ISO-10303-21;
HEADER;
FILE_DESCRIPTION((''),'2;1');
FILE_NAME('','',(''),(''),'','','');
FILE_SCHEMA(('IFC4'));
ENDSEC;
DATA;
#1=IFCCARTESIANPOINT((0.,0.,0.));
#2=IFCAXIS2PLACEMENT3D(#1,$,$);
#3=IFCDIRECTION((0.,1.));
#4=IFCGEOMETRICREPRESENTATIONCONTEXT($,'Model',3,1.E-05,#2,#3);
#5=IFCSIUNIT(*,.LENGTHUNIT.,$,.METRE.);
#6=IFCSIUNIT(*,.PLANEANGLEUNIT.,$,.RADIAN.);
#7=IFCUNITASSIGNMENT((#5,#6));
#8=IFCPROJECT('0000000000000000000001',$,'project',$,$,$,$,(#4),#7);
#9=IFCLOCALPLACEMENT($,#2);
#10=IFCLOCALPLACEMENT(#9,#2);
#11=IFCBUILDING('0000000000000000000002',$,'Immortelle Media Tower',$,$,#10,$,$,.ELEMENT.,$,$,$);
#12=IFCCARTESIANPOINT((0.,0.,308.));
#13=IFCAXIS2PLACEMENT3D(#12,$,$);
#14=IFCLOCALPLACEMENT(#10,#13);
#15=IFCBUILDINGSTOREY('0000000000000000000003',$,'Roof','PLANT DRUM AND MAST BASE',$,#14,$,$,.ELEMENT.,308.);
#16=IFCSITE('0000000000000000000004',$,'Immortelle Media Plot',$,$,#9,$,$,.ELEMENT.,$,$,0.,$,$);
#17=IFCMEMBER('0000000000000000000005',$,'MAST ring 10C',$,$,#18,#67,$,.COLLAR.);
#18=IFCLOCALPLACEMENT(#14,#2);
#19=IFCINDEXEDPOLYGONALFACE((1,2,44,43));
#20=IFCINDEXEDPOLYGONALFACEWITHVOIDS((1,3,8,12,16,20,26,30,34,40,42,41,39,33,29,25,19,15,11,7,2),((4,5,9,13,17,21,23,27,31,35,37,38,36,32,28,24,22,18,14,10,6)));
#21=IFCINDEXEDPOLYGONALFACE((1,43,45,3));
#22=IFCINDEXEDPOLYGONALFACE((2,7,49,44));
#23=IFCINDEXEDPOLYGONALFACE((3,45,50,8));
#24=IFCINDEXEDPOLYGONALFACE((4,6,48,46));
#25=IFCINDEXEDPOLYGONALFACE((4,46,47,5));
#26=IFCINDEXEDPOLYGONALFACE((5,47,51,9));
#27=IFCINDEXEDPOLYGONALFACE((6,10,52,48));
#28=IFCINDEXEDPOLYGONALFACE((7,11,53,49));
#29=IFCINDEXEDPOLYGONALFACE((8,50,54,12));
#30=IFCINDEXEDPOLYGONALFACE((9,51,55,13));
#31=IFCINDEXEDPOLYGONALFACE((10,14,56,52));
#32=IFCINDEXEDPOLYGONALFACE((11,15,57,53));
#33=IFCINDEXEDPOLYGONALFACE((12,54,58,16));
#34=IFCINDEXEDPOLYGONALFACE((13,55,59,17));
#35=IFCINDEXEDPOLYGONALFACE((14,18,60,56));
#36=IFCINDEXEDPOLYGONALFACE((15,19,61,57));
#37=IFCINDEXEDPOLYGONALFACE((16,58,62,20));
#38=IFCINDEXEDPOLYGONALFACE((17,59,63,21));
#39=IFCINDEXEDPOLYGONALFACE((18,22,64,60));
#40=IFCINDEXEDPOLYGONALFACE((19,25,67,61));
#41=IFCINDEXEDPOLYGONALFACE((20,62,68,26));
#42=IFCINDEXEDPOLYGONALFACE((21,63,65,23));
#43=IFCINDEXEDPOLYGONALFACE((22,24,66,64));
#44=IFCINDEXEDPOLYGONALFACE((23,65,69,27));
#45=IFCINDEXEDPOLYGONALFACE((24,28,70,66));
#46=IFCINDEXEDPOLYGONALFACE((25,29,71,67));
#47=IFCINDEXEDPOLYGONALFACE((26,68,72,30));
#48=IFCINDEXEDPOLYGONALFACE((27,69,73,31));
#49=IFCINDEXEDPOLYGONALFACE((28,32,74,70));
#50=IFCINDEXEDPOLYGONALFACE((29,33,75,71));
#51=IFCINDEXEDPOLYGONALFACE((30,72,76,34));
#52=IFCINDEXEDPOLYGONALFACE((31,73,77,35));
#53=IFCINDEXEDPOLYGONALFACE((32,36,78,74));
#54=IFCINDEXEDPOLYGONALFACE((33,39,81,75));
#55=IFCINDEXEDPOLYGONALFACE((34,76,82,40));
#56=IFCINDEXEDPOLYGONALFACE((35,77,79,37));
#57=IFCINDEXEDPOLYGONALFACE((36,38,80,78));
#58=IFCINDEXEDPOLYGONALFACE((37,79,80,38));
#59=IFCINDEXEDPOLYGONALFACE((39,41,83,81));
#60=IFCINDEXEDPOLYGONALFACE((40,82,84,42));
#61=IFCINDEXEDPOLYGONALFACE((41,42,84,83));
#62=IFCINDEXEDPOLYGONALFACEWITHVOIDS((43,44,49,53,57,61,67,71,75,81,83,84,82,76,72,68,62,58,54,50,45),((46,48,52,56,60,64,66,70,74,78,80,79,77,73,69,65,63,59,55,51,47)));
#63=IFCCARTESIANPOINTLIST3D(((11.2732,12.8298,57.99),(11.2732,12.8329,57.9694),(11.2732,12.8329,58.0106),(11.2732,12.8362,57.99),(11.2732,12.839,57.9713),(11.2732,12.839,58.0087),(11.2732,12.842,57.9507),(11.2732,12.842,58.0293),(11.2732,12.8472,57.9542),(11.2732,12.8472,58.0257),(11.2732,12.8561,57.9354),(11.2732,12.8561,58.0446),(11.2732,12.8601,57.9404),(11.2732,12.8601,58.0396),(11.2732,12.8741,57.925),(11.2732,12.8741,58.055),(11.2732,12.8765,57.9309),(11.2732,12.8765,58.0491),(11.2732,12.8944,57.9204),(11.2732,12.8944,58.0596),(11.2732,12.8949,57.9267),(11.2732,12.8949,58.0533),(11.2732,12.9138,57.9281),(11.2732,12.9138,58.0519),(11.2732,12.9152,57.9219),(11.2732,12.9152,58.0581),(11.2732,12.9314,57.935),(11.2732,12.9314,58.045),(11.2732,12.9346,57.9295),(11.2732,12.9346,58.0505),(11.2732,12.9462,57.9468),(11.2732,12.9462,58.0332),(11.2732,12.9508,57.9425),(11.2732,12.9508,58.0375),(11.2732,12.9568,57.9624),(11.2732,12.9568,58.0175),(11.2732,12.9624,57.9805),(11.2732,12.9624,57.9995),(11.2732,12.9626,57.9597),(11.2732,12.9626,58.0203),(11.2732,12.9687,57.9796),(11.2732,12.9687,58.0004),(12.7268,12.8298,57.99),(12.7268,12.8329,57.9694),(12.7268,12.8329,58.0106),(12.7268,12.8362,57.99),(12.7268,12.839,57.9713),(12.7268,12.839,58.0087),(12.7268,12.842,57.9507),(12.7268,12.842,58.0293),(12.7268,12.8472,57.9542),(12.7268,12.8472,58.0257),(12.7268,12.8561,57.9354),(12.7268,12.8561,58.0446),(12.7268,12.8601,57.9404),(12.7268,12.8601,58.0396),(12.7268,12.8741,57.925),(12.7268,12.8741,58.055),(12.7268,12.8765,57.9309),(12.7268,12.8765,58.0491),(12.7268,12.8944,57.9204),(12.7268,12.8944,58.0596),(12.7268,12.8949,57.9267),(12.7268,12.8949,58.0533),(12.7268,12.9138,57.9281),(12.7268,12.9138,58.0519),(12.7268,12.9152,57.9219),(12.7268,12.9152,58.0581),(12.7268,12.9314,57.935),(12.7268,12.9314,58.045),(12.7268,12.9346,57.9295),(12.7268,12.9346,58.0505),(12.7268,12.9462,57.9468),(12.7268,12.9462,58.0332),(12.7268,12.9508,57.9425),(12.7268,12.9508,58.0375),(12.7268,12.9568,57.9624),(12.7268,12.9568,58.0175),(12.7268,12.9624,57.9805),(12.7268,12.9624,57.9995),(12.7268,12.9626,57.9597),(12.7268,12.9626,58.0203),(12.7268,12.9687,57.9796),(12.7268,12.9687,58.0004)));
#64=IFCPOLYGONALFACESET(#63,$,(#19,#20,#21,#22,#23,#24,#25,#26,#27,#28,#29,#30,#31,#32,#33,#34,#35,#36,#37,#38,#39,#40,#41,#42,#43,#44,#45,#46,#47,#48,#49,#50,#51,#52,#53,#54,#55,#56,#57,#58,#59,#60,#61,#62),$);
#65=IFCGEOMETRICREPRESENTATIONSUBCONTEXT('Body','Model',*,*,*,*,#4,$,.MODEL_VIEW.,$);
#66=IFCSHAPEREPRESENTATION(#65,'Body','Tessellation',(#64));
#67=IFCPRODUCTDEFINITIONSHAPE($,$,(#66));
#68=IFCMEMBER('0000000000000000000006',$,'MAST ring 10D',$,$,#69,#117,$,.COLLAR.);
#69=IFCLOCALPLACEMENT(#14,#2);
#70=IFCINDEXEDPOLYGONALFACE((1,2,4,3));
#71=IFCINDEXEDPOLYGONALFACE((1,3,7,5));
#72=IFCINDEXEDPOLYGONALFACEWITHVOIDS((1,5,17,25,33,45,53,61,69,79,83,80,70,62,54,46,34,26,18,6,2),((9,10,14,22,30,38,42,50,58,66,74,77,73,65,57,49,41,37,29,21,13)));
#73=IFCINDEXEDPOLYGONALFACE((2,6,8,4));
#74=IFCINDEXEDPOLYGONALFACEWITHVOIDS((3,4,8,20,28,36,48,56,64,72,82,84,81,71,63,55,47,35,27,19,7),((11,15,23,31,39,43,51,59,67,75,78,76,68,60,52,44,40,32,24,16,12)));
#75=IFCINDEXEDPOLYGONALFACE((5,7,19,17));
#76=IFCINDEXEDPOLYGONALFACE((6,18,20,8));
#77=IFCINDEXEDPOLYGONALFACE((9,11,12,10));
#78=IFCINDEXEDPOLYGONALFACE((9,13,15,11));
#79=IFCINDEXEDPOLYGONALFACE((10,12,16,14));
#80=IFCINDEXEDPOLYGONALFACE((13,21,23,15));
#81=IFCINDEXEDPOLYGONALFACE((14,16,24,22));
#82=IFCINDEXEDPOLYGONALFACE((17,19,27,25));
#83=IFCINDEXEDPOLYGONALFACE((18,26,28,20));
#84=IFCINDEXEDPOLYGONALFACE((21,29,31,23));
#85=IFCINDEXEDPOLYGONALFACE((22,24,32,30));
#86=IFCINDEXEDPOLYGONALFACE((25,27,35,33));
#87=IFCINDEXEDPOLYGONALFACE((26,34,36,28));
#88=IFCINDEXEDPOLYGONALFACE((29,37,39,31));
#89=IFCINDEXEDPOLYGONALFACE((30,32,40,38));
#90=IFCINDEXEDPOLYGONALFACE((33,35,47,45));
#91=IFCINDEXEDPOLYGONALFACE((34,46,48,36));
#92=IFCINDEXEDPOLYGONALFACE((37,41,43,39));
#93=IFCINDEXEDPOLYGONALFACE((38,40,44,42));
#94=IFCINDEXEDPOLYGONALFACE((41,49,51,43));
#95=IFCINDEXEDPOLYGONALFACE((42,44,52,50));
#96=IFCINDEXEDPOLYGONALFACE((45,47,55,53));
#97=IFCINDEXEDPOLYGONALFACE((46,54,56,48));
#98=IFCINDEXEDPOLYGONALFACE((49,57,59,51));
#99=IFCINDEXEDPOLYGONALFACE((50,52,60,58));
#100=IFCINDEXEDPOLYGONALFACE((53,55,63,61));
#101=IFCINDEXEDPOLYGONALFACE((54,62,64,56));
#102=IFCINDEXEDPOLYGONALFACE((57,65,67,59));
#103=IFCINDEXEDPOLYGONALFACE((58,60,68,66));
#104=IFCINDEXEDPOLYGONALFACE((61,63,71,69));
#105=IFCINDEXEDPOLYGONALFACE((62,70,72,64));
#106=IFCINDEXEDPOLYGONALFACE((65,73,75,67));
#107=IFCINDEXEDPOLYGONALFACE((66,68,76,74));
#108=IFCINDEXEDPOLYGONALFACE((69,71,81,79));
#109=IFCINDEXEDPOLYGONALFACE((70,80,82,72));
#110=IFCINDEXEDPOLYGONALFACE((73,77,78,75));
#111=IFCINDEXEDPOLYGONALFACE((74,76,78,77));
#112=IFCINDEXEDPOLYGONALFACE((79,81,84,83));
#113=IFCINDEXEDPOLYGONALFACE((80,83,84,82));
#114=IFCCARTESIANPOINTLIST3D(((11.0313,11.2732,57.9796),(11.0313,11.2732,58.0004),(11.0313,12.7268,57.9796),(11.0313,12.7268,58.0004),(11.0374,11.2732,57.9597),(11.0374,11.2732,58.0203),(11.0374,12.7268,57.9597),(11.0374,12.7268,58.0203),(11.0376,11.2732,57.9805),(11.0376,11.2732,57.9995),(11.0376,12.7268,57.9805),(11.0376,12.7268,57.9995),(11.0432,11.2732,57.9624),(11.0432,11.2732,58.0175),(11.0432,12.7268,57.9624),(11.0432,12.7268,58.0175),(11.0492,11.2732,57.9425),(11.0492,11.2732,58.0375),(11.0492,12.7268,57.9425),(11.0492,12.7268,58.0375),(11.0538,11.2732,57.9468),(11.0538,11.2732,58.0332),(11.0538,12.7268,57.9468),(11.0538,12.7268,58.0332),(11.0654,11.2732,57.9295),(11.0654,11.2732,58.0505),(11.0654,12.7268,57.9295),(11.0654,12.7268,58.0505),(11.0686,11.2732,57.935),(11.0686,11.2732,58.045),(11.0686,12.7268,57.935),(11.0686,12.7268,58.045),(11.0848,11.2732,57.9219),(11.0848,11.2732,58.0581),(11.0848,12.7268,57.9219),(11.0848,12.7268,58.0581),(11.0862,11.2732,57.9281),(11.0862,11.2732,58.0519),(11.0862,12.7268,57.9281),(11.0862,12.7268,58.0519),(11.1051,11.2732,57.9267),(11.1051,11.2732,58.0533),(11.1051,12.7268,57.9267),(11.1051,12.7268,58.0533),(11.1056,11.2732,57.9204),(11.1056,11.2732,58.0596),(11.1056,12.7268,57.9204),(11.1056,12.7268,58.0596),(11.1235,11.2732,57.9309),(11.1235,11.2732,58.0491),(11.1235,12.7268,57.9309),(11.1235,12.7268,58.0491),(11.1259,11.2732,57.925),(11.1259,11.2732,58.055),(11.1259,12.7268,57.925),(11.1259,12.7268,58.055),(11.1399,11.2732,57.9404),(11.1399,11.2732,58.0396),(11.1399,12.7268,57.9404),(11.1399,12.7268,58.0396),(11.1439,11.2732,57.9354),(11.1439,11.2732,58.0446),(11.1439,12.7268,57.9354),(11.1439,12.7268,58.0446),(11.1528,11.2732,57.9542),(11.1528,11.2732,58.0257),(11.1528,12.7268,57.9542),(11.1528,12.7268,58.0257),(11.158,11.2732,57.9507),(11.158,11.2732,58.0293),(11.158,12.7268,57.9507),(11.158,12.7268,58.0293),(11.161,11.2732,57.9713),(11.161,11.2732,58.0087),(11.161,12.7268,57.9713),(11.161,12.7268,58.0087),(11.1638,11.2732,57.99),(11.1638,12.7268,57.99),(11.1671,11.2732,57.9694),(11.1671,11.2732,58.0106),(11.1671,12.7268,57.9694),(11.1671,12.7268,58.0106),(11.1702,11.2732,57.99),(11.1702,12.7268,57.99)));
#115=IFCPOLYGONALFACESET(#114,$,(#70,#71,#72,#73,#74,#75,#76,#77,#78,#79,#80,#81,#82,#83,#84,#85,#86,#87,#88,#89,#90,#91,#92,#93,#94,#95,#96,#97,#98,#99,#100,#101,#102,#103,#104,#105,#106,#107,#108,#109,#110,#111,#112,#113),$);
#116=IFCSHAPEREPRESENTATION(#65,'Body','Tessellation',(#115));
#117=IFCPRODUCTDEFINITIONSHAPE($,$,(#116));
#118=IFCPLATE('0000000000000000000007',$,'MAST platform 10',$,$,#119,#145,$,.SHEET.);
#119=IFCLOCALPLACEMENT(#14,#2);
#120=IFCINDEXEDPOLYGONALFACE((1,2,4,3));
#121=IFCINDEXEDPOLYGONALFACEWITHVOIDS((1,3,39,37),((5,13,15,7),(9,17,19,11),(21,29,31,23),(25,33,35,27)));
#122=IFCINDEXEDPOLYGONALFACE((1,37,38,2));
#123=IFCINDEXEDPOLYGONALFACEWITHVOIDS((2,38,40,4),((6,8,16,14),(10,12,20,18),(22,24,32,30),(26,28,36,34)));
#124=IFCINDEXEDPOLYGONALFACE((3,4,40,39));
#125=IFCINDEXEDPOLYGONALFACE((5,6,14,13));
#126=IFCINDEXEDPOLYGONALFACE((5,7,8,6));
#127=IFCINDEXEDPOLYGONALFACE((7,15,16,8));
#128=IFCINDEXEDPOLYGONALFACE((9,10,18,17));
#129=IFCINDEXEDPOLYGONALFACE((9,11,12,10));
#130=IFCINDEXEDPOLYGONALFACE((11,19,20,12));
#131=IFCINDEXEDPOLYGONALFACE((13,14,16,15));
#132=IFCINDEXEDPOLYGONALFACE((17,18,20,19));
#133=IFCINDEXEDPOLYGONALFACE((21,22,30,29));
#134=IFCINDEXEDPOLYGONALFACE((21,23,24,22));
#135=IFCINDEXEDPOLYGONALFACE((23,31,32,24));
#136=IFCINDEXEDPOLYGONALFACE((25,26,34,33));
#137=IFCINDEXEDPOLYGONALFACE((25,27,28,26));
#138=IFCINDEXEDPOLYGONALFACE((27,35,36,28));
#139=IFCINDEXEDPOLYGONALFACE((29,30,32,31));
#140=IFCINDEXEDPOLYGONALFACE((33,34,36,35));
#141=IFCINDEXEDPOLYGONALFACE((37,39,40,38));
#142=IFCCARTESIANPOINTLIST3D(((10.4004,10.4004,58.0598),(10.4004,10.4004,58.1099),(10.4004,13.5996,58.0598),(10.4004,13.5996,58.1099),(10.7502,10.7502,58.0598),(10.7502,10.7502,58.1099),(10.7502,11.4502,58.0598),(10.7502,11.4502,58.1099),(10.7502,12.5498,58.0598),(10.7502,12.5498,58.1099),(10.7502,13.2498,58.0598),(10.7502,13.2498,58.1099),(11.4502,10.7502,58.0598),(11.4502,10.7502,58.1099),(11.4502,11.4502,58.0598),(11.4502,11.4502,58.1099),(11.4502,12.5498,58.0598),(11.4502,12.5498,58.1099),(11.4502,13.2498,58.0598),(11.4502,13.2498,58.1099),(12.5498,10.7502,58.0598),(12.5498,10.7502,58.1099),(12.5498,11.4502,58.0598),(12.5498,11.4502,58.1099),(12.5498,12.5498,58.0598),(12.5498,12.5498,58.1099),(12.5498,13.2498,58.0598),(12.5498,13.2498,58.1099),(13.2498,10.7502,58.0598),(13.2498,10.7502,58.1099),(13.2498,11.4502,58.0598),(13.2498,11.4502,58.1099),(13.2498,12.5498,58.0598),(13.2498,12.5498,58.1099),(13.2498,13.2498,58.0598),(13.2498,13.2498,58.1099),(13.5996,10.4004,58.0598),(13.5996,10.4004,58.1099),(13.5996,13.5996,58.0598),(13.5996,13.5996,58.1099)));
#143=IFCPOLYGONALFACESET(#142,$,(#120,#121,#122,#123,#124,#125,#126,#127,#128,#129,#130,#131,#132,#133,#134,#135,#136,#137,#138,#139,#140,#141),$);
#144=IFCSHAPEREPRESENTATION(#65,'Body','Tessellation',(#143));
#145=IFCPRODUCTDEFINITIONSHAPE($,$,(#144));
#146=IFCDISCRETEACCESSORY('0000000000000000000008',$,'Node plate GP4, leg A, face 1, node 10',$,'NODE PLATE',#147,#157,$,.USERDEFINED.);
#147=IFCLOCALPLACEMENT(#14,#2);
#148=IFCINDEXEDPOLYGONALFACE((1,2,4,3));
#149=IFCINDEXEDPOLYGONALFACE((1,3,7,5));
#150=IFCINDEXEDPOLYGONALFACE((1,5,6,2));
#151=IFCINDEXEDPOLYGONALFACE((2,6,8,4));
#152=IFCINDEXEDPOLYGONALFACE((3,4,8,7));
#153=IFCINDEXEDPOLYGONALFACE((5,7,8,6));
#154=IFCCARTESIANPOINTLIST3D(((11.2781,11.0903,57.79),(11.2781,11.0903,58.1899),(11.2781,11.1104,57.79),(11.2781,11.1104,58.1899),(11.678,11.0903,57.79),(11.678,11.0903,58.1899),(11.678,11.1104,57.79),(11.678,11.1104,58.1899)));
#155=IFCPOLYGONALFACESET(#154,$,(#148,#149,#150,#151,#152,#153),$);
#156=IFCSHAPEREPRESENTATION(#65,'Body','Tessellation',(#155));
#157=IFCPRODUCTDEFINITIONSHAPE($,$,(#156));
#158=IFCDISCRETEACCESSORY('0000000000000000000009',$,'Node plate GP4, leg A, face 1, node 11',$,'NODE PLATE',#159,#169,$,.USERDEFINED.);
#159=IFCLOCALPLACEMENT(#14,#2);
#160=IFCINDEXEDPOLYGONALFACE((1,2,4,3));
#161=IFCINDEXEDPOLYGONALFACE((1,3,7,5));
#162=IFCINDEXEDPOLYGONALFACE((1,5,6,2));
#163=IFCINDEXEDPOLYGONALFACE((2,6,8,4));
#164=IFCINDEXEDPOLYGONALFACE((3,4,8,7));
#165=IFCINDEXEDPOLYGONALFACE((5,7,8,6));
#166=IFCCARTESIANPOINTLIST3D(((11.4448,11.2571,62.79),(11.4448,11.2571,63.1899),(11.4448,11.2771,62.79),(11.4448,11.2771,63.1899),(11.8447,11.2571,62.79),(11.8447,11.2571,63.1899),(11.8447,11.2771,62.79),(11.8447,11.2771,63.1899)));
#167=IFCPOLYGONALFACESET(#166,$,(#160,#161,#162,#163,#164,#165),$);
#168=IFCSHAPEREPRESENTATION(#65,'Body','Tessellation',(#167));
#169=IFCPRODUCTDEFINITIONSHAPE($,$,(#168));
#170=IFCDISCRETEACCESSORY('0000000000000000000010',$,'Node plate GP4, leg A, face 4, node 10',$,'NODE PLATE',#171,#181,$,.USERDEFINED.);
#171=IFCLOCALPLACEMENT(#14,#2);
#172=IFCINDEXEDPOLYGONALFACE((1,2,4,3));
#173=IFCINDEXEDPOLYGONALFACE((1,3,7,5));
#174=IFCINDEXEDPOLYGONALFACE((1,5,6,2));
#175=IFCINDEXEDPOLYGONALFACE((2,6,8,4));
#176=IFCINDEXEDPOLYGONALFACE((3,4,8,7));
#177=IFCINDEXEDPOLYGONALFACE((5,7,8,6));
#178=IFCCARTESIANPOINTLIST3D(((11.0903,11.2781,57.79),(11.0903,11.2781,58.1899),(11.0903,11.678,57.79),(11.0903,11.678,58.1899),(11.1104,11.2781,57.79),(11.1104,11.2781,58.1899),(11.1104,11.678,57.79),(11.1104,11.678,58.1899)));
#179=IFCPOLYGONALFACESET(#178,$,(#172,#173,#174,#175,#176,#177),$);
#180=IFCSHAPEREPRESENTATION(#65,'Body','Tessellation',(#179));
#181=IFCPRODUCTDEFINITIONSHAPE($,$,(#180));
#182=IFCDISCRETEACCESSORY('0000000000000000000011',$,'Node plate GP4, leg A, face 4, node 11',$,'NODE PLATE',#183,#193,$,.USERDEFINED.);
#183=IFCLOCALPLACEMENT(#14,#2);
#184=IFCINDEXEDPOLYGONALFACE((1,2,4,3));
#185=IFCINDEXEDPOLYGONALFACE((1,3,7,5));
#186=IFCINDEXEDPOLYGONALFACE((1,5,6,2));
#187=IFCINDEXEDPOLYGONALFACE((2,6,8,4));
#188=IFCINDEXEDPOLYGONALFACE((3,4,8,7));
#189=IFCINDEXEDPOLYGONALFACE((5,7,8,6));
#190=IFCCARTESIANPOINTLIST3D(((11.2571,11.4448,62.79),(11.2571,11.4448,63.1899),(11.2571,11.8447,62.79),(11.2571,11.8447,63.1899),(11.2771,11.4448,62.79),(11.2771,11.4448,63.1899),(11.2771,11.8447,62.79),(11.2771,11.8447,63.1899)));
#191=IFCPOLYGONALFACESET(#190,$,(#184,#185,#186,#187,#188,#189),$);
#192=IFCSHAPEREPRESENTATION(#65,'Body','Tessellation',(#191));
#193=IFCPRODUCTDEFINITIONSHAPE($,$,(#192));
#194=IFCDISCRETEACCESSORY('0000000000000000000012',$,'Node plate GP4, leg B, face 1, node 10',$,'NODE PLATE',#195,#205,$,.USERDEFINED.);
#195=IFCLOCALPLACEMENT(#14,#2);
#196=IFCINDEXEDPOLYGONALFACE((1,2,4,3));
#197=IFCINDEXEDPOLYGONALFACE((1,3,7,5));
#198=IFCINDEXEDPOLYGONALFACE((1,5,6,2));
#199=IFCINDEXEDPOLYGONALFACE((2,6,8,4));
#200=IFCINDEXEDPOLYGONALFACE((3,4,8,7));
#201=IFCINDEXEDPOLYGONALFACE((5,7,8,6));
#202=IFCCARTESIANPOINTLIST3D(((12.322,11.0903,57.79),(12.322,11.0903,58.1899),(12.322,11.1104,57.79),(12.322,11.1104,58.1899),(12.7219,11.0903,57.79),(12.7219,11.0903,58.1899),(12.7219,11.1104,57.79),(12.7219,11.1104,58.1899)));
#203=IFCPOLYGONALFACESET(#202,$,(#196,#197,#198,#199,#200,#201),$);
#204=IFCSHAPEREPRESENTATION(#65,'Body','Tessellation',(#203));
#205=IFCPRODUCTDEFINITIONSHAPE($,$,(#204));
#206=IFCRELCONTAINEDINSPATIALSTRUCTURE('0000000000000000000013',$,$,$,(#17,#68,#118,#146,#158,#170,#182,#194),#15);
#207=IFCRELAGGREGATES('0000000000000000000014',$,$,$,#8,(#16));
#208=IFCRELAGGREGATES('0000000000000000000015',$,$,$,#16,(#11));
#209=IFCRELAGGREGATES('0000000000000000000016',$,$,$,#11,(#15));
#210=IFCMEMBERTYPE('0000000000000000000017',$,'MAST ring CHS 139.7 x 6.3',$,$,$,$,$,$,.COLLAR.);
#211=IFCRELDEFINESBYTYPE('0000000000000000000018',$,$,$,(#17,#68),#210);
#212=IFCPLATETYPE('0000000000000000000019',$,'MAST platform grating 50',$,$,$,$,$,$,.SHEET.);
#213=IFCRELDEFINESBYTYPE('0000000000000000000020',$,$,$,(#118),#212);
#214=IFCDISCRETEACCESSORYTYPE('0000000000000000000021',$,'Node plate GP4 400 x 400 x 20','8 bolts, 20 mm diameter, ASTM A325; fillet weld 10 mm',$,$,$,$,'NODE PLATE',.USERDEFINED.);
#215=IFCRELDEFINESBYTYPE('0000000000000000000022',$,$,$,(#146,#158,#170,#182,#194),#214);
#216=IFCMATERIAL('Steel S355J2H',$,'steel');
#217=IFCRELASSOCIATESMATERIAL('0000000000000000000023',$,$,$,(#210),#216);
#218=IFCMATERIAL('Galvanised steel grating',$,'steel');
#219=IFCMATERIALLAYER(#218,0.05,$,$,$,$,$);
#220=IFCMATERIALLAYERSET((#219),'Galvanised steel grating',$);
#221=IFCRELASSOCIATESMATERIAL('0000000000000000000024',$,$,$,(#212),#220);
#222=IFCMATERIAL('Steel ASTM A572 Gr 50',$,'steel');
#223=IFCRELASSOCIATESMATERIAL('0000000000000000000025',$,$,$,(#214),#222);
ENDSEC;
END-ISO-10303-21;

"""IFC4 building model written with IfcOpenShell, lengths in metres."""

from ifc_helpers import new_model, si_unit, direction, frame, origin, origin_2d, place, context, subcontext, project, spatial, polyline, rectangle, hollow_circle, outline, extrude, material, layer, layer_set, material_profile, profile_set, type_object, element, save


model = new_model("IFC4")

# Units and contexts
model_context = context("Model", 3, precision=1e-05, world=origin(), true_north=direction((0.0, 1.0)))
body_context = subcontext(model_context, "Body", "Model", "MODEL_VIEW")
ifc_project = project(units=[si_unit("LENGTHUNIT", "METRE"), si_unit("PLANEANGLEUNIT", "RADIAN")], contexts=[model_context])

# Site, building, storey
site_placement = place(None, origin())
site = spatial("IfcSite", under=ifc_project, at=site_placement, Name="Immortelle Media Plot", CompositionType="ELEMENT", RefElevation=0.0)
building_placement = place(site_placement, origin())
building = spatial("IfcBuilding", under=site, at=building_placement, Name="Immortelle Media Tower", CompositionType="ELEMENT")
storey_placement = place(building_placement, frame((0.0, 0.0, 308.0)))
storey = spatial("IfcBuildingStorey", under=building, at=storey_placement, Name="Roof", Description="PLANT DRUM AND MAST BASE", CompositionType="ELEMENT", Elevation=308.0)

# Members
ifc_material_1 = material(Name="Steel S355J2H", Category="steel")
ifc_material_profile_1 = material_profile(ifc_material_1, hollow_circle(Radius=0.0698, WallThickness=0.0063, at=origin_2d()), Name="CHS 139.7 x 6.3")
ifc_profile_set_1 = profile_set([ifc_material_profile_1], Name="Steel S355J2H")
member_type_1 = type_object("IfcMemberType", Name="MAST ring CHS 139.7 x 6.3", PredefinedType="COLLAR", material=ifc_profile_set_1)
for number, where, z_axis, x_axis, name in (
    (1, (12.7268, 12.8997, 57.99), (-1.0, 0.0, 0.0), (0.0, -1.0, 0.0), "MAST ring 10C"),
    (2, (11.1003, 12.7268, 57.99), (0.0, -1.0, 0.0), (1.0, 0.0, 0.0), "MAST ring 10D"),
):
    element("IfcMember", number, at=place(storey_placement, frame(where, z_axis=z_axis, x_axis=x_axis)), inside=storey, type_object=member_type_1, Name=name, PredefinedType="COLLAR", context=body_context, shape_type="SweptSolid", body=[
        extrude(hollow_circle(Radius=0.0698, WallThickness=0.0063, at=origin_2d()), origin(), (0.0, 0.0, 1.0), 1.4536),
    ])

# Plate
ifc_material_2 = material(Name="Galvanised steel grating", Category="steel")
ifc_layer = layer(ifc_material_2, 0.05)
ifc_layer_set = layer_set([ifc_layer], Name="Galvanised steel grating")
plate_type = type_object("IfcPlateType", Name="MAST platform grating 50", PredefinedType="SHEET", material=ifc_layer_set)
plate_placement = place(storey_placement, frame((0.0, 0.0, 58.0598)))
element("IfcPlate", 3, at=plate_placement, inside=storey, type_object=plate_type, Name="MAST platform 10", PredefinedType="SHEET", context=body_context, shape_type="SweptSolid", body=[
    extrude(outline(polyline([(10.4004, 10.4004), (13.5996, 10.4004), (13.5996, 13.5996), (10.4004, 13.5996), (10.4004, 10.4004)]), holes=[polyline([(10.7502, 10.7502), (11.4502, 10.7502), (11.4502, 11.4502), (10.7502, 11.4502), (10.7502, 10.7502)]), polyline([(12.5498, 10.7502), (13.2498, 10.7502), (13.2498, 11.4502), (12.5498, 11.4502), (12.5498, 10.7502)]), polyline([(12.5498, 12.5498), (13.2498, 12.5498), (13.2498, 13.2498), (12.5498, 13.2498), (12.5498, 12.5498)]), polyline([(10.7502, 12.5498), (11.4502, 12.5498), (11.4502, 13.2498), (10.7502, 13.2498), (10.7502, 12.5498)])]), origin(), (0.0, 0.0, 1.0), 0.05),
])

# Discrete accessories
ifc_material_3 = material(Name="Steel ASTM A572 Gr 50", Category="steel")
ifc_material_profile_2 = material_profile(ifc_material_3, rectangle(XDim=0.02, YDim=0.3999, at=origin_2d()), Name="PL 20 x 400")
ifc_profile_set_2 = profile_set([ifc_material_profile_2], Name="Steel ASTM A572 Gr 50")
discrete_accessory_type = type_object("IfcDiscreteAccessoryType", Name="Node plate GP4 400 x 400 x 20", Description="8 bolts, 20 mm diameter, ASTM A325; fillet weld 10 mm", ElementType="NODE PLATE", PredefinedType="USERDEFINED", material=ifc_profile_set_2)
for number, where, z_axis, x_axis, name in (
    (4, (11.2781, 11.1003, 57.99), (1.0, 0.0, 0.0), (0.0, 1.0, 0.0), "Node plate GP4, leg A, face 1, node 10"),
    (5, (11.4448, 11.2671, 62.99), (1.0, 0.0, 0.0), (0.0, 1.0, 0.0), "Node plate GP4, leg A, face 1, node 11"),
    (6, (11.1003, 11.2781, 57.99), (0.0, 1.0, 0.0), (-1.0, 0.0, 0.0), "Node plate GP4, leg A, face 4, node 10"),
    (7, (11.2671, 11.4448, 62.99), (0.0, 1.0, 0.0), (-1.0, 0.0, 0.0), "Node plate GP4, leg A, face 4, node 11"),
    (8, (12.7219, 11.1003, 57.99), (-1.0, 0.0, 0.0), (0.0, -1.0, 0.0), "Node plate GP4, leg B, face 1, node 10"),
):
    element("IfcDiscreteAccessory", number, at=place(storey_placement, frame(where, z_axis=z_axis, x_axis=x_axis)), inside=storey, type_object=discrete_accessory_type, Name=name, ObjectType="NODE PLATE", PredefinedType="USERDEFINED", context=body_context, shape_type="SweptSolid", body=[
        extrude(rectangle(XDim=0.02, YDim=0.3999, at=origin_2d()), origin(), (0.0, 0.0, 1.0), 0.3999),
    ])

save(model, "model.ifc")
